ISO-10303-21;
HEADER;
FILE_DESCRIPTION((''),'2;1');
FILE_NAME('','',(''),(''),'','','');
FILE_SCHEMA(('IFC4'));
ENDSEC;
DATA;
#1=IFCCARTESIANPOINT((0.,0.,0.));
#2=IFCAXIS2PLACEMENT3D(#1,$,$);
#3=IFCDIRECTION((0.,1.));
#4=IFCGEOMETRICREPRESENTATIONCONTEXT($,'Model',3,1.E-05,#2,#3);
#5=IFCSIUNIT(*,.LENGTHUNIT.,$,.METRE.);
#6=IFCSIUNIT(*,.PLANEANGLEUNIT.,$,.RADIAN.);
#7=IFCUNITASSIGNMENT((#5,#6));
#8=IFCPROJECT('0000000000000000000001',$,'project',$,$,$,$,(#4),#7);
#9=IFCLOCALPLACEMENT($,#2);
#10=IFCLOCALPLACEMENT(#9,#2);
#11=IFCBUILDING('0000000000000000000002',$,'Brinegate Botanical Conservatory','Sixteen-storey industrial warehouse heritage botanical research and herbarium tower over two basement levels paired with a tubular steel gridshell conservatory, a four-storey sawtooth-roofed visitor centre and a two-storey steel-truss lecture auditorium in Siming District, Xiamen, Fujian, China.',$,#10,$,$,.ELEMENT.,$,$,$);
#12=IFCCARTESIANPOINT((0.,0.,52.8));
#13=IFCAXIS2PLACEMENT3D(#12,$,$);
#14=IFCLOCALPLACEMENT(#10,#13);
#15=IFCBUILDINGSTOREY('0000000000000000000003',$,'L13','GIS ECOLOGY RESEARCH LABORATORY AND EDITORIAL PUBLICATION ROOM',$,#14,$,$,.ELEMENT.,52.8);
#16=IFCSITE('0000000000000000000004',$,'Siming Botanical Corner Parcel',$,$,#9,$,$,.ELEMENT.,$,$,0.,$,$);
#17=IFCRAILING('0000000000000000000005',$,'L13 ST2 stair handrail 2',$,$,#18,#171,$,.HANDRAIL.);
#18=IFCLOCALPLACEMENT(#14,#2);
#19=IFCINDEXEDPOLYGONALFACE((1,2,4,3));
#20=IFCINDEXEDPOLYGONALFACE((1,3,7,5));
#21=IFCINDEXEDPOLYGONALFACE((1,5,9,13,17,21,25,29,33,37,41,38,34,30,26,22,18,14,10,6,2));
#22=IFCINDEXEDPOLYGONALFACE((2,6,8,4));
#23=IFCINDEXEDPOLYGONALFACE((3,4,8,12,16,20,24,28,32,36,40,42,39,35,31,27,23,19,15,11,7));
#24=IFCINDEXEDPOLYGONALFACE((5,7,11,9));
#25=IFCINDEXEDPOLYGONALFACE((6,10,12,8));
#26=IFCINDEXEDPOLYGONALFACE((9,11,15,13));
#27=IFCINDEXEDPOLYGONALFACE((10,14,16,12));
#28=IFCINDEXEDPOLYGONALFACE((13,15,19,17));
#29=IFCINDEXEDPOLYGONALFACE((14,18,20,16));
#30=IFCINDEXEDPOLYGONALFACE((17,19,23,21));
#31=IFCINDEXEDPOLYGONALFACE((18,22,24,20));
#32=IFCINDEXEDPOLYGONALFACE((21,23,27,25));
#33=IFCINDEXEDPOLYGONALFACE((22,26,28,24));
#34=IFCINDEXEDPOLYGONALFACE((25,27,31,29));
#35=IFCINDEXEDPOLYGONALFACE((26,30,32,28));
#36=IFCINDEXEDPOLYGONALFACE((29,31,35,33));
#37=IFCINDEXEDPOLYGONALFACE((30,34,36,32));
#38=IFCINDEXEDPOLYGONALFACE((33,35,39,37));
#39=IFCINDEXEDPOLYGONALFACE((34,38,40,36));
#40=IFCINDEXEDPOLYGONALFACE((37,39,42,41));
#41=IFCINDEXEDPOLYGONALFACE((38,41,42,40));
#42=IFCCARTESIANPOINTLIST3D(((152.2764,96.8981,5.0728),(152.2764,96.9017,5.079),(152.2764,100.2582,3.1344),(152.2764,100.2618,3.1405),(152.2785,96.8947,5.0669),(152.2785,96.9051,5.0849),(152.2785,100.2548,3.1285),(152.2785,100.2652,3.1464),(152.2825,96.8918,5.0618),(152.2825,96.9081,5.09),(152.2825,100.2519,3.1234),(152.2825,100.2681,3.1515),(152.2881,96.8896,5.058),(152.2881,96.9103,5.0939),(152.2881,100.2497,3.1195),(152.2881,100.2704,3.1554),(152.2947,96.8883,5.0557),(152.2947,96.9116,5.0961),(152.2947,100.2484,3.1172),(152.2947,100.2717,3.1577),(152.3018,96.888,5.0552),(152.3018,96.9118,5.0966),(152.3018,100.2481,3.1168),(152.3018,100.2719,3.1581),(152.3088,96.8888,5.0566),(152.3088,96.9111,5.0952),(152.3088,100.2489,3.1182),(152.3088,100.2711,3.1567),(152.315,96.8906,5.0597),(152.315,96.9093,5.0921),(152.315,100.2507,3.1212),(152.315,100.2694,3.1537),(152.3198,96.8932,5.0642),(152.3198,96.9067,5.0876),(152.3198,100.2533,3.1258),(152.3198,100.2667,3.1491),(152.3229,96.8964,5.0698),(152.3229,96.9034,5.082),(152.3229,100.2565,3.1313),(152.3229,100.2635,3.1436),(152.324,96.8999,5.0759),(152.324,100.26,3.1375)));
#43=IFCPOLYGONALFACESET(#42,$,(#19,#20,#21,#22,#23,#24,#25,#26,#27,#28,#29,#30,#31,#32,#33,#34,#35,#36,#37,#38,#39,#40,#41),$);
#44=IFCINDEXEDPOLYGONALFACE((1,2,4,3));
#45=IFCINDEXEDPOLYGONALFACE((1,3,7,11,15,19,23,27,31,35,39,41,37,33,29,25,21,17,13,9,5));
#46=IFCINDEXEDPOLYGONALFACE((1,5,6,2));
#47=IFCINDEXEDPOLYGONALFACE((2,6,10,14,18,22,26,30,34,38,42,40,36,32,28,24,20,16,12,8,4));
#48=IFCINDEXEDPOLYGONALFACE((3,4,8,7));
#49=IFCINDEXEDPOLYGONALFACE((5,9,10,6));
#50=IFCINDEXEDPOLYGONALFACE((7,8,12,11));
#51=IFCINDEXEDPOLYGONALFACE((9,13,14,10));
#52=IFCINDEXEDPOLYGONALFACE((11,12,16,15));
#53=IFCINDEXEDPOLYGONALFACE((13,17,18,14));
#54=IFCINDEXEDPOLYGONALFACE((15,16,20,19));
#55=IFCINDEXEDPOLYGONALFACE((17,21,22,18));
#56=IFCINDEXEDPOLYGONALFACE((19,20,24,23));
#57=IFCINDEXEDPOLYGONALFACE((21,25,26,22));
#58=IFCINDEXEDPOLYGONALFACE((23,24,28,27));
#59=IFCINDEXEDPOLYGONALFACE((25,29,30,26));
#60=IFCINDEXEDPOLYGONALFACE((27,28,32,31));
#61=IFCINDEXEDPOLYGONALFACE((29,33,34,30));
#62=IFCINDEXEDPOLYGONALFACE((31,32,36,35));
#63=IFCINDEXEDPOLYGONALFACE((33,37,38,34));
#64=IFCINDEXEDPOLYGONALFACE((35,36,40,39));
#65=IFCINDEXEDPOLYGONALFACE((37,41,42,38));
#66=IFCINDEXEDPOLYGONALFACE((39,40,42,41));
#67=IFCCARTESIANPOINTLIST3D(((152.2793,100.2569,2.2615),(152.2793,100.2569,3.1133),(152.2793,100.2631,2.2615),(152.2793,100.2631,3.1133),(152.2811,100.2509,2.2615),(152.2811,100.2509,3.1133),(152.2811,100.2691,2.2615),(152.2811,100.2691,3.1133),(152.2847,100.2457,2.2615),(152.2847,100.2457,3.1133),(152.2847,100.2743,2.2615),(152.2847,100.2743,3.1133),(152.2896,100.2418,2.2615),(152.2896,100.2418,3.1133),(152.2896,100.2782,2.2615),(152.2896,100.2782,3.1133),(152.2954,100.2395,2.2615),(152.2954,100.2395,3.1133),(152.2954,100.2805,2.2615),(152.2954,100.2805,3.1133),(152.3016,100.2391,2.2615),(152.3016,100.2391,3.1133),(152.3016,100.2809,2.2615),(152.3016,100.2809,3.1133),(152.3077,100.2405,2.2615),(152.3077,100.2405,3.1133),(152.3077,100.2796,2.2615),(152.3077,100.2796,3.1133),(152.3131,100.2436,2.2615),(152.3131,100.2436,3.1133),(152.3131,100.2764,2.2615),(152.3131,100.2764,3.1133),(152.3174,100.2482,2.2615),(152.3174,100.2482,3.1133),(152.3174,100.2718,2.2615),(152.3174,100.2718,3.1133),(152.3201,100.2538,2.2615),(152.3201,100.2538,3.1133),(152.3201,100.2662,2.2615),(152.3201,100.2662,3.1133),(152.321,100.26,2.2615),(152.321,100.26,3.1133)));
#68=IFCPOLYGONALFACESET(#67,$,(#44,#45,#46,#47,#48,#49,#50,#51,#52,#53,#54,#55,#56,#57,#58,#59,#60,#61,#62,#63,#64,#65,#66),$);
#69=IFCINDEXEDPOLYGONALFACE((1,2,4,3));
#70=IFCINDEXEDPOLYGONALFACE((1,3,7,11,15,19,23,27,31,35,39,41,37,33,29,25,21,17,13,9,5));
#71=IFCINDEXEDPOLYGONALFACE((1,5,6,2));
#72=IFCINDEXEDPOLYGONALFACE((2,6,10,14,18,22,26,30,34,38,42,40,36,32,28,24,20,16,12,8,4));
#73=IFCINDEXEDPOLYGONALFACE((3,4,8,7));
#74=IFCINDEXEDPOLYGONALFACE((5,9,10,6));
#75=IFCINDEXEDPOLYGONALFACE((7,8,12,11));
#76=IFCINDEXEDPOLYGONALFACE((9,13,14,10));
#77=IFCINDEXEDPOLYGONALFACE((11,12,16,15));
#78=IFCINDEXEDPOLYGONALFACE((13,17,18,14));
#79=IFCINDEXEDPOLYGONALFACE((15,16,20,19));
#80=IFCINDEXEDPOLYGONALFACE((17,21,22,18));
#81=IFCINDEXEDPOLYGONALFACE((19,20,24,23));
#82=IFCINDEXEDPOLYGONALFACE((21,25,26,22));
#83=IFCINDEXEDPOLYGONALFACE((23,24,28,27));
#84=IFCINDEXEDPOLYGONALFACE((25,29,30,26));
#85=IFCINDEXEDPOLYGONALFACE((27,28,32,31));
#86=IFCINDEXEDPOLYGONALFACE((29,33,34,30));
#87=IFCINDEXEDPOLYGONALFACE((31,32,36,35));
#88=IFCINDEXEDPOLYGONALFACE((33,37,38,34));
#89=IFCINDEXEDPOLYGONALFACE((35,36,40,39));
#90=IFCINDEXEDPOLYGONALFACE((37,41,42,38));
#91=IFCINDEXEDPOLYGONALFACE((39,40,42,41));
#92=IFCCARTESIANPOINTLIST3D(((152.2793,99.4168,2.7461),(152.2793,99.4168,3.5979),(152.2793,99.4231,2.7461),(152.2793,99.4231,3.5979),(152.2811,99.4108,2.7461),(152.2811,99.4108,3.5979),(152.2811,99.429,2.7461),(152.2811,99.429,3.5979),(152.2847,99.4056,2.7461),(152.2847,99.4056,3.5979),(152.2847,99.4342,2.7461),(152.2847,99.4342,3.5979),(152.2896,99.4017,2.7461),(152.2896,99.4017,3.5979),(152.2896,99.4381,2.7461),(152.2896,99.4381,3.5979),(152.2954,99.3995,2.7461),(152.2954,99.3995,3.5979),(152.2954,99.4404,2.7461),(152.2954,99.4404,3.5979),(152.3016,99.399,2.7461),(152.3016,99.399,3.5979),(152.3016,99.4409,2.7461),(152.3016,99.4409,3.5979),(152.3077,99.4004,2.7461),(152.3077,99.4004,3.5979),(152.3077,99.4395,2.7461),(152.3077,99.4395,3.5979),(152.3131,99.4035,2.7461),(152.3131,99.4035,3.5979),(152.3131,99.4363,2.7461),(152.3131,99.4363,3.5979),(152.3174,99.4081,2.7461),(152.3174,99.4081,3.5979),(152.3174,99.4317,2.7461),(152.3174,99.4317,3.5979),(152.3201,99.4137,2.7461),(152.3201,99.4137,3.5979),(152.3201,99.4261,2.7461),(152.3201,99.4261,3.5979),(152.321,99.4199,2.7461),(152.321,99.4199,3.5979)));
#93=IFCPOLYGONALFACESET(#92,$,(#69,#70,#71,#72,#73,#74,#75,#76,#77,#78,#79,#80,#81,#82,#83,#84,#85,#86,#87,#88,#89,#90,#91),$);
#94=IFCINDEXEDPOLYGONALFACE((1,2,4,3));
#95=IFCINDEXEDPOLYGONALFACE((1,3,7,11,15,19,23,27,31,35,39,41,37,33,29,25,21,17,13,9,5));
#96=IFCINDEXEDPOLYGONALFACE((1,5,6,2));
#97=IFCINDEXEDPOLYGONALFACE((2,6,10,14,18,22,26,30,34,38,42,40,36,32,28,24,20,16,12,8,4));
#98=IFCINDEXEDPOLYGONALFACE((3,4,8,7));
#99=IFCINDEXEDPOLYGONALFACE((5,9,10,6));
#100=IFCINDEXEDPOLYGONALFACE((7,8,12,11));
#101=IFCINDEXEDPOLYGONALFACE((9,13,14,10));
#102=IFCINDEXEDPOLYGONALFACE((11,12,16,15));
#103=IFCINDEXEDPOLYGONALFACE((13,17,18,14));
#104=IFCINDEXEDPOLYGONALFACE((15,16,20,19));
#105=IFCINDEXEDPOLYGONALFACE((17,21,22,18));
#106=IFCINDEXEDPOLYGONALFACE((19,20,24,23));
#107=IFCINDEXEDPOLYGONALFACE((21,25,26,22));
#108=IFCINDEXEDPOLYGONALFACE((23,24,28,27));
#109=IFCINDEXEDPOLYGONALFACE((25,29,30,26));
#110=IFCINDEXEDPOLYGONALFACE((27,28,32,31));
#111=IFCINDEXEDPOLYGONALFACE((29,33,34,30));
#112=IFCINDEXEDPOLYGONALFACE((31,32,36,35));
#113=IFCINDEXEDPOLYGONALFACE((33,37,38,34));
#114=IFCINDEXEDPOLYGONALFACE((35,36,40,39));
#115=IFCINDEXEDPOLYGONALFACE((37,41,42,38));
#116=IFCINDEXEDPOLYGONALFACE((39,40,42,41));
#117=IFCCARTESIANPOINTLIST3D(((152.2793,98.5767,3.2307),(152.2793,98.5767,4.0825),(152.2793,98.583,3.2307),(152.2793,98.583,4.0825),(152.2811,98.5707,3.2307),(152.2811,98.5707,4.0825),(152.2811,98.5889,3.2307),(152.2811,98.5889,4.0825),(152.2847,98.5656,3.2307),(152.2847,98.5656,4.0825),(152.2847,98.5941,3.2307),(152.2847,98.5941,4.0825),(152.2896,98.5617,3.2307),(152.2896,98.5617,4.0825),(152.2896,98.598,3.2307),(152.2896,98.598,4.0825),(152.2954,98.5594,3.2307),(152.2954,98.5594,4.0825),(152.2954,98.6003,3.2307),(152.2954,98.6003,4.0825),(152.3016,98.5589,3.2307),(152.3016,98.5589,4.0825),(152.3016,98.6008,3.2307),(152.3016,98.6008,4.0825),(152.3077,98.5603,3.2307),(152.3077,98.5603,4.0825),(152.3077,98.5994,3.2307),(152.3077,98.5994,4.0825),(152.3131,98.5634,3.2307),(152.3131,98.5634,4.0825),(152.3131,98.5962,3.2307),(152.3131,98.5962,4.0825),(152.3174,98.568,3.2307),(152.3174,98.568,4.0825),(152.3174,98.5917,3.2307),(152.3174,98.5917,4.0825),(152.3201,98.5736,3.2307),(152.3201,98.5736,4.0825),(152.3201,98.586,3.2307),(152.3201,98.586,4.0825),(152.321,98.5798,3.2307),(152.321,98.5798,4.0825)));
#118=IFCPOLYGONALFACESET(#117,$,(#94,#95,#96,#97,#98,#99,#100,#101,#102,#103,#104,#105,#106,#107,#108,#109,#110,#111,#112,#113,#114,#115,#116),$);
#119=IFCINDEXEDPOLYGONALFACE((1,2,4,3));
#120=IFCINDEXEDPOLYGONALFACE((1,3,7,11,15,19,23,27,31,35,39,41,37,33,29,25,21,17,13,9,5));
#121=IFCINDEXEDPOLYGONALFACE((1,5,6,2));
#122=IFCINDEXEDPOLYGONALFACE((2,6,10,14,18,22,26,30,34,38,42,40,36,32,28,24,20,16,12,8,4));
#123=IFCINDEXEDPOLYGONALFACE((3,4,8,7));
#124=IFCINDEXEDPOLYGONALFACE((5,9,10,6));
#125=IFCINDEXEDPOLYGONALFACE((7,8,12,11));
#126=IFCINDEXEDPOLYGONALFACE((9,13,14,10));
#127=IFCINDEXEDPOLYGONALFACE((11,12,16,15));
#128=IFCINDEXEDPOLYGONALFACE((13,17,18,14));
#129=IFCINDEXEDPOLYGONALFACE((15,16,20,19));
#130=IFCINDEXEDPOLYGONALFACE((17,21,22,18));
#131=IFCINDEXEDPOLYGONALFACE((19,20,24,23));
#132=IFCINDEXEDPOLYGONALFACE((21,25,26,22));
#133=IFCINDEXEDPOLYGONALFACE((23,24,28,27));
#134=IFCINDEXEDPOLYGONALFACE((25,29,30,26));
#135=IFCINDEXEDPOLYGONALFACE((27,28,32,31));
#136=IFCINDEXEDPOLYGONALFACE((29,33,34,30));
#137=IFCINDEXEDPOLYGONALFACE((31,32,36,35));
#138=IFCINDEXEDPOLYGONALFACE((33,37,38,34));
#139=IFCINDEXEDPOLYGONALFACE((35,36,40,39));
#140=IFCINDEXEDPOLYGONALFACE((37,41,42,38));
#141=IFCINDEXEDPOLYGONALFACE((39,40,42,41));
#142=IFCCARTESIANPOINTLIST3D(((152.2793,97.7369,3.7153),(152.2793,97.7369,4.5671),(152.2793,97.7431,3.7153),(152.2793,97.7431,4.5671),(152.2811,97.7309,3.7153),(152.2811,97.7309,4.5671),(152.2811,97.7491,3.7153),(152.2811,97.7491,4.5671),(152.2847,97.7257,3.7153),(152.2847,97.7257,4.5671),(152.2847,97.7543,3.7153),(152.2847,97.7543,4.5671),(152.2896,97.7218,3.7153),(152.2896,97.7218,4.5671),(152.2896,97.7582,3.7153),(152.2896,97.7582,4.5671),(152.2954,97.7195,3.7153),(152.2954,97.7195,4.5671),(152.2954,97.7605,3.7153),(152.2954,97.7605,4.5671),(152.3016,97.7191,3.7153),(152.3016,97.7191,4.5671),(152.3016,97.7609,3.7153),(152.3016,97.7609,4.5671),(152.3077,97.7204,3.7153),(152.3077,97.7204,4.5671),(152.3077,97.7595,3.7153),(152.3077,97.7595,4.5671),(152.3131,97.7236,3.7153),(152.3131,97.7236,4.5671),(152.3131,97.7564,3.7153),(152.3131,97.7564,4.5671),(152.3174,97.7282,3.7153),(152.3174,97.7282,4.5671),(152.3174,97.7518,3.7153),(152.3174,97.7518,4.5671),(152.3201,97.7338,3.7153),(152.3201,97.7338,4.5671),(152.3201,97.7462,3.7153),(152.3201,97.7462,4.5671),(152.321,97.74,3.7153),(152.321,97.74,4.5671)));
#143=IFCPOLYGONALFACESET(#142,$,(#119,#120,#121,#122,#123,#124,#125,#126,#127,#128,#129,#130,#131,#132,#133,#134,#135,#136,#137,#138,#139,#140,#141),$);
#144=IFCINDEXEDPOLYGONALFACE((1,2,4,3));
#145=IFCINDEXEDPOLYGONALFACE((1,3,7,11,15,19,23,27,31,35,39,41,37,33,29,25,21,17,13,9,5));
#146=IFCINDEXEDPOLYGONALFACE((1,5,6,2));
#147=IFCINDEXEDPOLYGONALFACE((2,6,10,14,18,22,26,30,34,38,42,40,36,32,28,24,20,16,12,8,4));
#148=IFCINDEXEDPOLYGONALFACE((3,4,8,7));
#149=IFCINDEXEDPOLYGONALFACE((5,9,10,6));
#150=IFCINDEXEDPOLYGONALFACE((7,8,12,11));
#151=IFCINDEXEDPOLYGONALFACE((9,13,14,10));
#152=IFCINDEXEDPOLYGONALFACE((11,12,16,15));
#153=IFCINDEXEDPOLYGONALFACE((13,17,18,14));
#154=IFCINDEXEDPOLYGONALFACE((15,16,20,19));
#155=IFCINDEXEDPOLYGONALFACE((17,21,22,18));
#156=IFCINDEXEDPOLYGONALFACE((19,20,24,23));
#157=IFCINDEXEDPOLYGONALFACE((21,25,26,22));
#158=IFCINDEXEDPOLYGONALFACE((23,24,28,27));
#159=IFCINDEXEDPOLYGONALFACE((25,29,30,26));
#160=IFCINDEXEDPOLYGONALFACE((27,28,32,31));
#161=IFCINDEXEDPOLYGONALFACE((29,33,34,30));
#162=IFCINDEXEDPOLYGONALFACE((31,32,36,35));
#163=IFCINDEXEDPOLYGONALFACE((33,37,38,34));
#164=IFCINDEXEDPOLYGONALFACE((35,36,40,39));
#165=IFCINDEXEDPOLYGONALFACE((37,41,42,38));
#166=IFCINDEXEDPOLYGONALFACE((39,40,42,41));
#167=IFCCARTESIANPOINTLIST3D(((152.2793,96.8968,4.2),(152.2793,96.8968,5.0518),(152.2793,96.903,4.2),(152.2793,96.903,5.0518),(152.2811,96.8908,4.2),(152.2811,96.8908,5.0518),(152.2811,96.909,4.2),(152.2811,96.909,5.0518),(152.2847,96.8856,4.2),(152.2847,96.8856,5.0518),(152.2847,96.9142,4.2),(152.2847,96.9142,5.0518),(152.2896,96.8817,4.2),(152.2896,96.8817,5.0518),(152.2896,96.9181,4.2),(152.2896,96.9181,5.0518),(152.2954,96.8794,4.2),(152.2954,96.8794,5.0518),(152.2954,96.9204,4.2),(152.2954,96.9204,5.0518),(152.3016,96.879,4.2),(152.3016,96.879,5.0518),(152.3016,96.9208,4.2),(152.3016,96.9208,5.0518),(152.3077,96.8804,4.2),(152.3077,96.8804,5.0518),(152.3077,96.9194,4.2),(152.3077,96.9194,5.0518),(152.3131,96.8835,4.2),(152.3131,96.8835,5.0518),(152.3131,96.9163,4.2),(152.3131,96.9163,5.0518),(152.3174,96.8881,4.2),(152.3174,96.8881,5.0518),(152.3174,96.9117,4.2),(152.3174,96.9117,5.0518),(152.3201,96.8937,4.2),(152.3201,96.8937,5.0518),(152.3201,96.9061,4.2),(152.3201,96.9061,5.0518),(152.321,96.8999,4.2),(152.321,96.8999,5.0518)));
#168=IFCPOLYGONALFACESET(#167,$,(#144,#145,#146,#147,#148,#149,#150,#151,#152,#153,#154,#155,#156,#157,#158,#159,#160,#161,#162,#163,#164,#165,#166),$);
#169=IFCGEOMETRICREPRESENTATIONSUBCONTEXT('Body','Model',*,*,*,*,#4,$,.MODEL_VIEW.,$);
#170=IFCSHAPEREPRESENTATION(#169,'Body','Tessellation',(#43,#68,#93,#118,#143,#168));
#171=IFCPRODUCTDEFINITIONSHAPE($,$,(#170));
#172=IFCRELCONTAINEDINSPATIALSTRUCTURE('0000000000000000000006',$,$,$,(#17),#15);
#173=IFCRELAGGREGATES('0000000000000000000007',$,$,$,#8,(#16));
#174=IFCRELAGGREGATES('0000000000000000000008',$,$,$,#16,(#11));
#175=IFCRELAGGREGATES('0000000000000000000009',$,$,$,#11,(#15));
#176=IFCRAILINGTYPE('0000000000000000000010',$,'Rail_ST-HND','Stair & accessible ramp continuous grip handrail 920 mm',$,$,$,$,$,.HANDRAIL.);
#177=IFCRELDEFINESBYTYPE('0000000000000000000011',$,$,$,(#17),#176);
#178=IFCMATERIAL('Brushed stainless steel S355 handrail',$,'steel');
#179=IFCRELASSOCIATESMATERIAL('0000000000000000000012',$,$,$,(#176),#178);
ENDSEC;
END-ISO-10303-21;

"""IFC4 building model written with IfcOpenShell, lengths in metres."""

from ifc_helpers import new_model, si_unit, direction, frame, origin, origin_2d, place, context, subcontext, project, spatial, circle, extrude, material, type_object, element, save


model = new_model("IFC4")

# Units and contexts
model_context = context("Model", 3, precision=1e-05, world=origin(), true_north=direction((0.0, 1.0)))
body_context = subcontext(model_context, "Body", "Model", "MODEL_VIEW")
ifc_project = project(units=[si_unit("LENGTHUNIT", "METRE"), si_unit("PLANEANGLEUNIT", "RADIAN")], contexts=[model_context])

# Site, building, storey
site_placement = place(None, origin())
site = spatial("IfcSite", under=ifc_project, at=site_placement, Name="Siming Botanical Corner Parcel", CompositionType="ELEMENT", RefElevation=0.0)
building_placement = place(site_placement, origin())
building = spatial("IfcBuilding", under=site, at=building_placement, Name="Brinegate Botanical Conservatory", Description="Sixteen-storey industrial warehouse heritage botanical research and herbarium tower over two basement levels paired with a tubular steel gridshell conservatory, a four-storey sawtooth-roofed visitor centre and a two-storey steel-truss lecture auditorium in Siming District, Xiamen, Fujian, China.", CompositionType="ELEMENT")
storey_placement = place(building_placement, frame((0.0, 0.0, 52.8)))
storey = spatial("IfcBuildingStorey", under=building, at=storey_placement, Name="L13", Description="GIS ECOLOGY RESEARCH LABORATORY AND EDITORIAL PUBLICATION ROOM", CompositionType="ELEMENT", Elevation=52.8)

# Railing
ifc_material_1 = material(Name="Brushed stainless steel S355 handrail", Category="steel")
railing_type_1 = type_object("IfcRailingType", Name="Rail_ST-HND", Description="Stair & accessible ramp continuous grip handrail 920 mm", PredefinedType="HANDRAIL", material=ifc_material_1)
railing_1_placement = place(storey_placement, frame((152.3, 100.26, 2.2615)))
element("IfcRailing", 1, at=railing_1_placement, inside=storey, type_object=railing_type_1, Name="L13 ST2 stair handrail 2", PredefinedType="HANDRAIL", context=body_context, shape_type="SweptSolid", body=[
    extrude(circle(Radius=0.0239, at=origin_2d()), frame((0.0, 0.0, 0.876), z_axis=(0.0, -0.866191, 0.499713), x_axis=(1.0, 0.0, 0.0)), (0.0, 0.0, 1.0), 3.8792),
    extrude(circle(Radius=0.021, at=origin_2d()), origin(), (0.0, 0.0, 1.0), 0.8518),
    extrude(circle(Radius=0.021, at=origin_2d()), frame((0.0, -0.8401, 0.4846)), (0.0, 0.0, 1.0), 0.8518),
    extrude(circle(Radius=0.021, at=origin_2d()), frame((0.0, -1.6802, 0.9692)), (0.0, 0.0, 1.0), 0.8518),
    extrude(circle(Radius=0.021, at=origin_2d()), frame((0.0, -2.52, 1.4539)), (0.0, 0.0, 1.0), 0.8518),
    extrude(circle(Radius=0.021, at=origin_2d()), frame((0.0, -3.3601, 1.9385)), (0.0, 0.0, 1.0), 0.8518),
])

save(model, "model.ifc")
